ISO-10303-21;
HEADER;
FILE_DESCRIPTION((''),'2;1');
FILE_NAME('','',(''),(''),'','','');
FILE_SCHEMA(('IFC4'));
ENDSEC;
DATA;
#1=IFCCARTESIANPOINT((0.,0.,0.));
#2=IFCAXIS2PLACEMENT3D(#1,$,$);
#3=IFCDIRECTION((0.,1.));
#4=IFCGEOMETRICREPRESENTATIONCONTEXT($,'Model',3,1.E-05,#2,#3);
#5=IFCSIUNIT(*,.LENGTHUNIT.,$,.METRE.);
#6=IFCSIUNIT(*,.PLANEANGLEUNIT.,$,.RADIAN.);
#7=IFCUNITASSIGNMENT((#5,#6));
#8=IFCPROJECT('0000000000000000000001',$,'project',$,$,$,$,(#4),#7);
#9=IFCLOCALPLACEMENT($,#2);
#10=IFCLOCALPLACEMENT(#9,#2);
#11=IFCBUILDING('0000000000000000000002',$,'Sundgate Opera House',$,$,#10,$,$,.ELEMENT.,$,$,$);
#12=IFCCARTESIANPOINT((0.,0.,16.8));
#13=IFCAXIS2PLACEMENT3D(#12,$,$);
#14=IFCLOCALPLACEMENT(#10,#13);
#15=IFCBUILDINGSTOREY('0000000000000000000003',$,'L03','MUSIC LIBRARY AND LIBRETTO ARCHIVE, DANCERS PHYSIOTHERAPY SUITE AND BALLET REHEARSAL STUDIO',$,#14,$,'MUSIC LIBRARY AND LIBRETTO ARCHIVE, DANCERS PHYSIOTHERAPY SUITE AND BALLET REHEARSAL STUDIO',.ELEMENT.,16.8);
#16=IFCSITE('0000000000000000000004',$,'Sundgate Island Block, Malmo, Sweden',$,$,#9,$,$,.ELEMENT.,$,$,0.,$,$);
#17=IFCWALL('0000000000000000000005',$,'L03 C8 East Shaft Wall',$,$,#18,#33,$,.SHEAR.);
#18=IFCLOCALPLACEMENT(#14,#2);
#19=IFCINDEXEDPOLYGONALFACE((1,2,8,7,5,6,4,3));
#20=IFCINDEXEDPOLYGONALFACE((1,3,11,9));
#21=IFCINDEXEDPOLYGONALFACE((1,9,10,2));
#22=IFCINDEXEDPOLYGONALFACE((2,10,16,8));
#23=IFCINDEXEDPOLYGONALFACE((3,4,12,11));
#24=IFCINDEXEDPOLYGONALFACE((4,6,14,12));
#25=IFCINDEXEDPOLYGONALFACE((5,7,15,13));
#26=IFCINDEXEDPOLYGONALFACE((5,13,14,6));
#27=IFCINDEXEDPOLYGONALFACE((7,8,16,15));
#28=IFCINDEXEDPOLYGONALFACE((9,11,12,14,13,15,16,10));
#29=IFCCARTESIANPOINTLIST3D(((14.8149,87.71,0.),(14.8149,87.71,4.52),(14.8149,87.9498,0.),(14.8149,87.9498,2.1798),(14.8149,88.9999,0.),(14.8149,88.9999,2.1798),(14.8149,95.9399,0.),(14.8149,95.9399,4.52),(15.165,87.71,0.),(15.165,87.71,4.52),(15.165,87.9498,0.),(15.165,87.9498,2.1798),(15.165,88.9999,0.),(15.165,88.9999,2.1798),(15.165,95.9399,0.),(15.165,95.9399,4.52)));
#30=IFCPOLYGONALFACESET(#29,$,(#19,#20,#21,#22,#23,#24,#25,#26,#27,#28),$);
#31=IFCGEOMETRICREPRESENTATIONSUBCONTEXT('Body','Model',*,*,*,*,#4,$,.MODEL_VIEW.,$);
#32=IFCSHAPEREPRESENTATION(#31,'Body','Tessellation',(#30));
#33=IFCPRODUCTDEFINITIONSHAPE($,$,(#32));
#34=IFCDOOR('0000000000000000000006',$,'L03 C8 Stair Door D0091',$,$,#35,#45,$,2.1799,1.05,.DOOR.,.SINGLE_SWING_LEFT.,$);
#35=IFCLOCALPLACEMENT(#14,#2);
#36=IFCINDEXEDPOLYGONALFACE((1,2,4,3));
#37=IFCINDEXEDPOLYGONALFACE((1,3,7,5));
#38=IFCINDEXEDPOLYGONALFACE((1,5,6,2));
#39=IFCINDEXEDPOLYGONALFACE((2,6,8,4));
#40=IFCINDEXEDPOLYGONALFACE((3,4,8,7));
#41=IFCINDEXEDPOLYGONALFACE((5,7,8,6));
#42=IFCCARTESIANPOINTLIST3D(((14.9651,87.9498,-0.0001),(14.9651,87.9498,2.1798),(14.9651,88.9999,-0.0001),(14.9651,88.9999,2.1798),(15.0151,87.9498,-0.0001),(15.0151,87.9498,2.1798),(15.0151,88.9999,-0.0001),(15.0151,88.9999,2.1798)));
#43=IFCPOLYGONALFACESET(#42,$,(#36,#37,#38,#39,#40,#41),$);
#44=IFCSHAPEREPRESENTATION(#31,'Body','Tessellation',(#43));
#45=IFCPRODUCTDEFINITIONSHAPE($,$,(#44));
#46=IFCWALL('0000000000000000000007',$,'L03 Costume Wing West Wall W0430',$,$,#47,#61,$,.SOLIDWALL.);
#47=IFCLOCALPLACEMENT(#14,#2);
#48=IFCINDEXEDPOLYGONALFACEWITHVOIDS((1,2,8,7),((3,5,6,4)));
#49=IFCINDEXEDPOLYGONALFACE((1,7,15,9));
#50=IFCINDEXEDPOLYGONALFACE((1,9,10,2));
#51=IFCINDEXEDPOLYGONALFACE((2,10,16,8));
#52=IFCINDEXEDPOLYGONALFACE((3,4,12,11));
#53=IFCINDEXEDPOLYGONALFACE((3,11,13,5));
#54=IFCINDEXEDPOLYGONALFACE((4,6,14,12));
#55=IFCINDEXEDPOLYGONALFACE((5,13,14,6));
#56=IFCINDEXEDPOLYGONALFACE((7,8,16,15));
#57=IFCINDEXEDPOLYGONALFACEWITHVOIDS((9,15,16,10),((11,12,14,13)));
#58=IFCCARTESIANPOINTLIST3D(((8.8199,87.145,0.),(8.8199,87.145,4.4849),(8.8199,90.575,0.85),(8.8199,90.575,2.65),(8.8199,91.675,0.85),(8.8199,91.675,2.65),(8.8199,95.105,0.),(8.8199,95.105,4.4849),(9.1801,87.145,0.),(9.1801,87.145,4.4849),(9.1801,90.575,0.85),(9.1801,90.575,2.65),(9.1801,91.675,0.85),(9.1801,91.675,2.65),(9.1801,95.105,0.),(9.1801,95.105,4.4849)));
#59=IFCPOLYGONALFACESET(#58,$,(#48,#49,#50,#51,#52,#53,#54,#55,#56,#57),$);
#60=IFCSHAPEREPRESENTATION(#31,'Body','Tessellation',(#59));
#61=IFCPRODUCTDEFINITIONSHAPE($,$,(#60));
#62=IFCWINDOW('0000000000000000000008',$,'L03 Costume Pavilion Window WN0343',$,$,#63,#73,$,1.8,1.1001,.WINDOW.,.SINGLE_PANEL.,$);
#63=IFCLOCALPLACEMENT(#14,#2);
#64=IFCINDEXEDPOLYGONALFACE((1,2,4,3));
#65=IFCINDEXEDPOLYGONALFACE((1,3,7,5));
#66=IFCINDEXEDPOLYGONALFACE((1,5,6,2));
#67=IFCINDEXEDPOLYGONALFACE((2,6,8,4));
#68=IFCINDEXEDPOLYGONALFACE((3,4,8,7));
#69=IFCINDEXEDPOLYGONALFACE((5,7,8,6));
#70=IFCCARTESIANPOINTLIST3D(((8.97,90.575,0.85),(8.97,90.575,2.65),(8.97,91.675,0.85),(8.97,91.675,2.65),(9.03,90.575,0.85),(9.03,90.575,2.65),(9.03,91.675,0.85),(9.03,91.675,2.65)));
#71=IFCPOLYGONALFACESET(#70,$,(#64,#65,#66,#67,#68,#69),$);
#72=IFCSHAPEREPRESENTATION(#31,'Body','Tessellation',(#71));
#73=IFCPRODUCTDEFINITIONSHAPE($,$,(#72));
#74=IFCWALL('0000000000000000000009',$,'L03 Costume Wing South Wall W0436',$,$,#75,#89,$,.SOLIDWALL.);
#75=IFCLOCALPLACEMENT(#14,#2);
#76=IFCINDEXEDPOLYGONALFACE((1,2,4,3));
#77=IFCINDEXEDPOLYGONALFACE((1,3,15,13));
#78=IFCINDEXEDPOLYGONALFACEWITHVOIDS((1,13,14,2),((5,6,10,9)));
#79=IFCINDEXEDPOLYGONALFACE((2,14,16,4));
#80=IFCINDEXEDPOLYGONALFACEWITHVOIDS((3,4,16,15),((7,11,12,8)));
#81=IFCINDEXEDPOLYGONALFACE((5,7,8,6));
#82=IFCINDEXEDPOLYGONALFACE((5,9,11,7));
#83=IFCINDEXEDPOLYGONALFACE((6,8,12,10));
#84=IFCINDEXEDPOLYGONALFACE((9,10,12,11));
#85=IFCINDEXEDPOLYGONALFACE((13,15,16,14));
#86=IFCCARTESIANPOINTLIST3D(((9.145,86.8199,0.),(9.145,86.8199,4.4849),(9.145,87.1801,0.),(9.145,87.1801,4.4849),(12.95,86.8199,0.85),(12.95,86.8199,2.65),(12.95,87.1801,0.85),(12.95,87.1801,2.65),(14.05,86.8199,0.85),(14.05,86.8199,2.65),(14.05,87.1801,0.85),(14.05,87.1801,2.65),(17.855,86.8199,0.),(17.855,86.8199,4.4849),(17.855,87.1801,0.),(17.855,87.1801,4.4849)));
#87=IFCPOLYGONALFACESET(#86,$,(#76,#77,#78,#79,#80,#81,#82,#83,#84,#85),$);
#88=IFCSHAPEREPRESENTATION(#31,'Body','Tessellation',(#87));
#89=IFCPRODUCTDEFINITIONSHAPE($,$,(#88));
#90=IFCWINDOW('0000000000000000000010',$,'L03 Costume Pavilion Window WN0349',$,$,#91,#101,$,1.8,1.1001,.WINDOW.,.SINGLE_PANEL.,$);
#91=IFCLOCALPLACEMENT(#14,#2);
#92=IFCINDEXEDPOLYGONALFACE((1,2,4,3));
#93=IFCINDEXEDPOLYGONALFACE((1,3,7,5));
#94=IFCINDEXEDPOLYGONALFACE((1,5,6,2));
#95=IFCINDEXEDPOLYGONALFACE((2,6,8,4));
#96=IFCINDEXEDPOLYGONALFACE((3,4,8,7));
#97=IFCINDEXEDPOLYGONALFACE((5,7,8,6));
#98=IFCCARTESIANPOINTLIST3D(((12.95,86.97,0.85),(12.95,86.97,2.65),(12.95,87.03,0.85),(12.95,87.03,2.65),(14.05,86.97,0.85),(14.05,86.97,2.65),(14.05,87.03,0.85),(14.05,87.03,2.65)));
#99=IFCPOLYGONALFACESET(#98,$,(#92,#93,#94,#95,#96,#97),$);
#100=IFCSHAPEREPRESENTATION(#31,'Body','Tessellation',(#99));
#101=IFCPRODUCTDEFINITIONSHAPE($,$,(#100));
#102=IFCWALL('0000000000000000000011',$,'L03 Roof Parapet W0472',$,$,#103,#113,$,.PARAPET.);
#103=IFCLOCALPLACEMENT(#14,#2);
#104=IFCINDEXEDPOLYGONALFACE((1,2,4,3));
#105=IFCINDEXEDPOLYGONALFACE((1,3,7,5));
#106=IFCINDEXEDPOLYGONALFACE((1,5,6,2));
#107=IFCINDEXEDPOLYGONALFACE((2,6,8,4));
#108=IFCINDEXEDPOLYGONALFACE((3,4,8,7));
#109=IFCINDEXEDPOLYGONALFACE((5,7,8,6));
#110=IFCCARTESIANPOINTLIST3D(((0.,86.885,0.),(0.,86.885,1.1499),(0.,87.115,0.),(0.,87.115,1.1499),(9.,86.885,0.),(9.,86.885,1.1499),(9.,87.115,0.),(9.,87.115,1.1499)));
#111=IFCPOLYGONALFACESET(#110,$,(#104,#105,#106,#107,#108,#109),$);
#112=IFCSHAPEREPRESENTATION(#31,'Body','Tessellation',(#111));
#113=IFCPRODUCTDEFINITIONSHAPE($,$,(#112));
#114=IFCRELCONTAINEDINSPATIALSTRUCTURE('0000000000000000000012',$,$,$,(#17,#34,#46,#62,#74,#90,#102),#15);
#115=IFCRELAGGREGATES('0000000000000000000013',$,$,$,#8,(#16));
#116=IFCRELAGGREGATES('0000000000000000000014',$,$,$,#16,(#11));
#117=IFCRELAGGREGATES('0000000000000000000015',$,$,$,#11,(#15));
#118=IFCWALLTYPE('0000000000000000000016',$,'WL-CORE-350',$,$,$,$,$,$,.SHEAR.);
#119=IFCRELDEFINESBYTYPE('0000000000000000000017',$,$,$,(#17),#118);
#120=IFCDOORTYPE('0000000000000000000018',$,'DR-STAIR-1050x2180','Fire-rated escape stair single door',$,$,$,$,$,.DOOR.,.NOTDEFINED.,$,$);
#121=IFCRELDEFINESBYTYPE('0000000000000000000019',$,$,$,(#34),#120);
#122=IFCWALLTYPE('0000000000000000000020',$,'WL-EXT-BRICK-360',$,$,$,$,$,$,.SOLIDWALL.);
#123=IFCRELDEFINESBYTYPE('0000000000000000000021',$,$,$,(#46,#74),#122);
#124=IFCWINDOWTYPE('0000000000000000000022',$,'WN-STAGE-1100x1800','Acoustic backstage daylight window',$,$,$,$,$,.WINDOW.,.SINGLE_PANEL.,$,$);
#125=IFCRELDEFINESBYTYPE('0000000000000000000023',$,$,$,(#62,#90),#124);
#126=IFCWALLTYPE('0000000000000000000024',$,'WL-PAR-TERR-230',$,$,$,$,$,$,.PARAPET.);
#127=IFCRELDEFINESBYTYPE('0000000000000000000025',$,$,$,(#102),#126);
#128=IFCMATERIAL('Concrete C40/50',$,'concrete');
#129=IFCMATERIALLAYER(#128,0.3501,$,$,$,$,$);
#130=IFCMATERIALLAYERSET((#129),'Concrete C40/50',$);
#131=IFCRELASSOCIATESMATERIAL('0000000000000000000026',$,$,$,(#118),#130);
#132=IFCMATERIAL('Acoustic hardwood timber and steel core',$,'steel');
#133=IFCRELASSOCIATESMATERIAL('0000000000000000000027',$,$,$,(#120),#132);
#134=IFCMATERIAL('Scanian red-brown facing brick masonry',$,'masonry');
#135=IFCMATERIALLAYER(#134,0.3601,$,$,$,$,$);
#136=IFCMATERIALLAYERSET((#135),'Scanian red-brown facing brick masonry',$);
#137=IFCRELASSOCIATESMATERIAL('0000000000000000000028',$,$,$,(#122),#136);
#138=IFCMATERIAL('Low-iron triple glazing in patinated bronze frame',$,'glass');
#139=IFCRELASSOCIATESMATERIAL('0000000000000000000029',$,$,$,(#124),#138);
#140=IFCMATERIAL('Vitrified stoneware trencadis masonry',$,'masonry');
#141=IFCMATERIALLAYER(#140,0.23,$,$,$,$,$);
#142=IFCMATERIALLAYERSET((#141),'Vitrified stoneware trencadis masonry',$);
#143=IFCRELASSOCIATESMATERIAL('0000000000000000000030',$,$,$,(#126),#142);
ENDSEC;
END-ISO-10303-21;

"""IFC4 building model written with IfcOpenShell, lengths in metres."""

from ifc_helpers import new_model, si_unit, direction, frame, frame_2d, origin, place, context, subcontext, project, spatial, rectangle, extrude, material, layer, layer_set, type_object, element, fill, save


model = new_model("IFC4")

# Units and contexts
model_context = context("Model", 3, precision=1e-05, world=origin(), true_north=direction((0.0, 1.0)))
body_context = subcontext(model_context, "Body", "Model", "MODEL_VIEW")
ifc_project = project(units=[si_unit("LENGTHUNIT", "METRE"), si_unit("PLANEANGLEUNIT", "RADIAN")], contexts=[model_context])

# Site, building, storey
site_placement = place(None, origin())
site = spatial("IfcSite", under=ifc_project, at=site_placement, Name="Sundgate Island Block, Malmo, Sweden", CompositionType="ELEMENT", RefElevation=0.0)
building_placement = place(site_placement, origin())
building = spatial("IfcBuilding", under=site, at=building_placement, Name="Sundgate Opera House", CompositionType="ELEMENT")
storey_placement = place(building_placement, frame((0.0, 0.0, 16.8)))
storey = spatial("IfcBuildingStorey", under=building, at=storey_placement, Name="L03", Description="MUSIC LIBRARY AND LIBRETTO ARCHIVE, DANCERS PHYSIOTHERAPY SUITE AND BALLET REHEARSAL STUDIO", LongName="MUSIC LIBRARY AND LIBRETTO ARCHIVE, DANCERS PHYSIOTHERAPY SUITE AND BALLET REHEARSAL STUDIO", CompositionType="ELEMENT", Elevation=16.8)

# Shared definitions
ifc_material_1 = material(Name="Concrete C40/50", Category="concrete")
ifc_layer_1 = layer(ifc_material_1, 0.3501)
ifc_layer_set_1 = layer_set([ifc_layer_1], Name="Concrete C40/50")
wall_type_1 = type_object("IfcWallType", Name="WL-CORE-350", PredefinedType="SHEAR", material=ifc_layer_set_1)

# Wall, opening, door
wall_1_placement = place(storey_placement, frame((14.99, 87.71, 0.0), z_axis=(0.0, 0.0, 1.0), x_axis=(0.0, 1.0, 0.0)))
wall_1 = element("IfcWall", 1, at=wall_1_placement, inside=storey, type_object=wall_type_1, Name="L03 C8 East Shaft Wall", PredefinedType="SHEAR", context=body_context, shape_type="SweptSolid", body=[
    extrude(rectangle(XDim=8.23, YDim=0.3501, at=frame_2d((4.115, 0.0))), origin(), (0.0, 0.0, 1.0), 4.52),
])
opening_1_placement = place(wall_1_placement, frame((0.24, 0.0, 0.0)))
opening_1 = element("IfcOpeningElement", 2, at=opening_1_placement, cuts=wall_1, PredefinedType="OPENING", context=body_context, shape_type="SweptSolid", body=[
    extrude(rectangle(XDim=1.05, YDim=2.1799, at=frame_2d((0.5249, 1.0898))), frame((0.0, 0.1851, 0.0), z_axis=(0.0, -1.0, 0.0), x_axis=(1.0, 0.0, 0.0)), (0.0, 0.0, 1.0), 0.3701),
])
ifc_material_2 = material(Name="Acoustic hardwood timber and steel core", Category="steel")
door_type = type_object("IfcDoorType", Name="DR-STAIR-1050x2180", Description="Fire-rated escape stair single door", OperationType="NOTDEFINED", PredefinedType="DOOR", material=ifc_material_2)
door_placement = place(opening_1_placement, origin())
door = element("IfcDoor", 3, at=door_placement, inside=storey, type_object=door_type, Name="L03 C8 Stair Door D0091", OperationType="SINGLE_SWING_LEFT", OverallHeight=2.1799, OverallWidth=1.05, PredefinedType="DOOR", context=body_context, shape_type="SweptSolid", body=[
    extrude(rectangle(XDim=1.05, YDim=2.1799, at=frame_2d((0.5249, 1.0898))), frame((0.0, 0.0249, 0.0), z_axis=(0.0, -1.0, 0.0), x_axis=(1.0, 0.0, 0.0)), (0.0, 0.0, 1.0), 0.05),
])
fill(opening_1, door)

# Walls, openings, windows
ifc_material_3 = material(Name="Scanian red-brown facing brick masonry", Category="masonry")
ifc_layer_2 = layer(ifc_material_3, 0.3601)
ifc_layer_set_2 = layer_set([ifc_layer_2], Name="Scanian red-brown facing brick masonry")
wall_type_2 = type_object("IfcWallType", Name="WL-EXT-BRICK-360", PredefinedType="SOLIDWALL", material=ifc_layer_set_2)
wall_2_placement = place(storey_placement, frame((9.0, 95.105, 0.0), z_axis=(0.0, 0.0, 1.0), x_axis=(0.0, -1.0, 0.0)))
wall_2 = element("IfcWall", 4, at=wall_2_placement, inside=storey, type_object=wall_type_2, Name="L03 Costume Wing West Wall W0430", PredefinedType="SOLIDWALL", context=body_context, shape_type="SweptSolid", body=[
    extrude(rectangle(XDim=7.96, YDim=0.3601, at=frame_2d((3.98, 0.0))), origin(), (0.0, 0.0, 1.0), 4.4849),
])
opening_2_placement = place(wall_2_placement, frame((3.4299, 0.0, 0.8501)))
opening_2 = element("IfcOpeningElement", 5, at=opening_2_placement, cuts=wall_2, PredefinedType="OPENING", context=body_context, shape_type="SweptSolid", body=[
    extrude(rectangle(XDim=1.1001, YDim=1.8, at=frame_2d((0.55, 0.8999))), frame((0.0, 0.1899, 0.0), z_axis=(0.0, -1.0, 0.0), x_axis=(1.0, 0.0, 0.0)), (0.0, 0.0, 1.0), 0.3801),
])
ifc_material_4 = material(Name="Low-iron triple glazing in patinated bronze frame", Category="glass")
window_type = type_object("IfcWindowType", Name="WN-STAGE-1100x1800", Description="Acoustic backstage daylight window", PartitioningType="SINGLE_PANEL", PredefinedType="WINDOW", material=ifc_material_4)
window_1_placement = place(opening_2_placement, origin())
window_1 = element("IfcWindow", 6, at=window_1_placement, inside=storey, type_object=window_type, Name="L03 Costume Pavilion Window WN0343", OverallHeight=1.8, OverallWidth=1.1001, PartitioningType="SINGLE_PANEL", PredefinedType="WINDOW", context=body_context, shape_type="SweptSolid", body=[
    extrude(rectangle(XDim=1.1001, YDim=1.8, at=frame_2d((0.55, 0.8999))), frame((0.0, 0.03, 0.0), z_axis=(0.0, -1.0, 0.0), x_axis=(1.0, 0.0, 0.0)), (0.0, 0.0, 1.0), 0.0601),
])
fill(opening_2, window_1)
wall_3_placement = place(storey_placement, frame((17.855, 87.0, 0.0), z_axis=(0.0, 0.0, 1.0), x_axis=(-1.0, 0.0, 0.0)))
wall_3 = element("IfcWall", 7, at=wall_3_placement, inside=storey, type_object=wall_type_2, Name="L03 Costume Wing South Wall W0436", PredefinedType="SOLIDWALL", context=body_context, shape_type="SweptSolid", body=[
    extrude(rectangle(XDim=8.71, YDim=0.3601, at=frame_2d((4.355, 0.0))), origin(), (0.0, 0.0, 1.0), 4.4849),
])
opening_3_placement = place(wall_3_placement, frame((3.8049, 0.0, 0.8501)))
opening_3 = element("IfcOpeningElement", 8, at=opening_3_placement, cuts=wall_3, PredefinedType="OPENING", context=body_context, shape_type="SweptSolid", body=[
    extrude(rectangle(XDim=1.1001, YDim=1.8, at=frame_2d((0.55, 0.8999))), frame((0.0, 0.1899, 0.0), z_axis=(0.0, -1.0, 0.0), x_axis=(1.0, 0.0, 0.0)), (0.0, 0.0, 1.0), 0.3801),
])
window_2_placement = place(opening_3_placement, origin())
window_2 = element("IfcWindow", 9, at=window_2_placement, inside=storey, type_object=window_type, Name="L03 Costume Pavilion Window WN0349", OverallHeight=1.8, OverallWidth=1.1001, PartitioningType="SINGLE_PANEL", PredefinedType="WINDOW", context=body_context, shape_type="SweptSolid", body=[
    extrude(rectangle(XDim=1.1001, YDim=1.8, at=frame_2d((0.55, 0.8999))), frame((0.0, 0.03, 0.0), z_axis=(0.0, -1.0, 0.0), x_axis=(1.0, 0.0, 0.0)), (0.0, 0.0, 1.0), 0.0601),
])
fill(opening_3, window_2)

# Wall
ifc_material_5 = material(Name="Vitrified stoneware trencadis masonry", Category="masonry")
ifc_layer_3 = layer(ifc_material_5, 0.23)
ifc_layer_set_3 = layer_set([ifc_layer_3], Name="Vitrified stoneware trencadis masonry")
wall_type_3 = type_object("IfcWallType", Name="WL-PAR-TERR-230", PredefinedType="PARAPET", material=ifc_layer_set_3)
wall_4_placement = place(storey_placement, frame((0.0, 87.0, 0.0), z_axis=(0.0, 0.0, 1.0), x_axis=(1.0, 0.0, 0.0)))
element("IfcWall", 10, at=wall_4_placement, inside=storey, type_object=wall_type_3, Name="L03 Roof Parapet W0472", PredefinedType="PARAPET", context=body_context, shape_type="SweptSolid", body=[
    extrude(rectangle(XDim=9.0, YDim=0.23, at=frame_2d((4.5, 0.0))), origin(), (0.0, 0.0, 1.0), 1.1499),
])

save(model, "model.ifc")
